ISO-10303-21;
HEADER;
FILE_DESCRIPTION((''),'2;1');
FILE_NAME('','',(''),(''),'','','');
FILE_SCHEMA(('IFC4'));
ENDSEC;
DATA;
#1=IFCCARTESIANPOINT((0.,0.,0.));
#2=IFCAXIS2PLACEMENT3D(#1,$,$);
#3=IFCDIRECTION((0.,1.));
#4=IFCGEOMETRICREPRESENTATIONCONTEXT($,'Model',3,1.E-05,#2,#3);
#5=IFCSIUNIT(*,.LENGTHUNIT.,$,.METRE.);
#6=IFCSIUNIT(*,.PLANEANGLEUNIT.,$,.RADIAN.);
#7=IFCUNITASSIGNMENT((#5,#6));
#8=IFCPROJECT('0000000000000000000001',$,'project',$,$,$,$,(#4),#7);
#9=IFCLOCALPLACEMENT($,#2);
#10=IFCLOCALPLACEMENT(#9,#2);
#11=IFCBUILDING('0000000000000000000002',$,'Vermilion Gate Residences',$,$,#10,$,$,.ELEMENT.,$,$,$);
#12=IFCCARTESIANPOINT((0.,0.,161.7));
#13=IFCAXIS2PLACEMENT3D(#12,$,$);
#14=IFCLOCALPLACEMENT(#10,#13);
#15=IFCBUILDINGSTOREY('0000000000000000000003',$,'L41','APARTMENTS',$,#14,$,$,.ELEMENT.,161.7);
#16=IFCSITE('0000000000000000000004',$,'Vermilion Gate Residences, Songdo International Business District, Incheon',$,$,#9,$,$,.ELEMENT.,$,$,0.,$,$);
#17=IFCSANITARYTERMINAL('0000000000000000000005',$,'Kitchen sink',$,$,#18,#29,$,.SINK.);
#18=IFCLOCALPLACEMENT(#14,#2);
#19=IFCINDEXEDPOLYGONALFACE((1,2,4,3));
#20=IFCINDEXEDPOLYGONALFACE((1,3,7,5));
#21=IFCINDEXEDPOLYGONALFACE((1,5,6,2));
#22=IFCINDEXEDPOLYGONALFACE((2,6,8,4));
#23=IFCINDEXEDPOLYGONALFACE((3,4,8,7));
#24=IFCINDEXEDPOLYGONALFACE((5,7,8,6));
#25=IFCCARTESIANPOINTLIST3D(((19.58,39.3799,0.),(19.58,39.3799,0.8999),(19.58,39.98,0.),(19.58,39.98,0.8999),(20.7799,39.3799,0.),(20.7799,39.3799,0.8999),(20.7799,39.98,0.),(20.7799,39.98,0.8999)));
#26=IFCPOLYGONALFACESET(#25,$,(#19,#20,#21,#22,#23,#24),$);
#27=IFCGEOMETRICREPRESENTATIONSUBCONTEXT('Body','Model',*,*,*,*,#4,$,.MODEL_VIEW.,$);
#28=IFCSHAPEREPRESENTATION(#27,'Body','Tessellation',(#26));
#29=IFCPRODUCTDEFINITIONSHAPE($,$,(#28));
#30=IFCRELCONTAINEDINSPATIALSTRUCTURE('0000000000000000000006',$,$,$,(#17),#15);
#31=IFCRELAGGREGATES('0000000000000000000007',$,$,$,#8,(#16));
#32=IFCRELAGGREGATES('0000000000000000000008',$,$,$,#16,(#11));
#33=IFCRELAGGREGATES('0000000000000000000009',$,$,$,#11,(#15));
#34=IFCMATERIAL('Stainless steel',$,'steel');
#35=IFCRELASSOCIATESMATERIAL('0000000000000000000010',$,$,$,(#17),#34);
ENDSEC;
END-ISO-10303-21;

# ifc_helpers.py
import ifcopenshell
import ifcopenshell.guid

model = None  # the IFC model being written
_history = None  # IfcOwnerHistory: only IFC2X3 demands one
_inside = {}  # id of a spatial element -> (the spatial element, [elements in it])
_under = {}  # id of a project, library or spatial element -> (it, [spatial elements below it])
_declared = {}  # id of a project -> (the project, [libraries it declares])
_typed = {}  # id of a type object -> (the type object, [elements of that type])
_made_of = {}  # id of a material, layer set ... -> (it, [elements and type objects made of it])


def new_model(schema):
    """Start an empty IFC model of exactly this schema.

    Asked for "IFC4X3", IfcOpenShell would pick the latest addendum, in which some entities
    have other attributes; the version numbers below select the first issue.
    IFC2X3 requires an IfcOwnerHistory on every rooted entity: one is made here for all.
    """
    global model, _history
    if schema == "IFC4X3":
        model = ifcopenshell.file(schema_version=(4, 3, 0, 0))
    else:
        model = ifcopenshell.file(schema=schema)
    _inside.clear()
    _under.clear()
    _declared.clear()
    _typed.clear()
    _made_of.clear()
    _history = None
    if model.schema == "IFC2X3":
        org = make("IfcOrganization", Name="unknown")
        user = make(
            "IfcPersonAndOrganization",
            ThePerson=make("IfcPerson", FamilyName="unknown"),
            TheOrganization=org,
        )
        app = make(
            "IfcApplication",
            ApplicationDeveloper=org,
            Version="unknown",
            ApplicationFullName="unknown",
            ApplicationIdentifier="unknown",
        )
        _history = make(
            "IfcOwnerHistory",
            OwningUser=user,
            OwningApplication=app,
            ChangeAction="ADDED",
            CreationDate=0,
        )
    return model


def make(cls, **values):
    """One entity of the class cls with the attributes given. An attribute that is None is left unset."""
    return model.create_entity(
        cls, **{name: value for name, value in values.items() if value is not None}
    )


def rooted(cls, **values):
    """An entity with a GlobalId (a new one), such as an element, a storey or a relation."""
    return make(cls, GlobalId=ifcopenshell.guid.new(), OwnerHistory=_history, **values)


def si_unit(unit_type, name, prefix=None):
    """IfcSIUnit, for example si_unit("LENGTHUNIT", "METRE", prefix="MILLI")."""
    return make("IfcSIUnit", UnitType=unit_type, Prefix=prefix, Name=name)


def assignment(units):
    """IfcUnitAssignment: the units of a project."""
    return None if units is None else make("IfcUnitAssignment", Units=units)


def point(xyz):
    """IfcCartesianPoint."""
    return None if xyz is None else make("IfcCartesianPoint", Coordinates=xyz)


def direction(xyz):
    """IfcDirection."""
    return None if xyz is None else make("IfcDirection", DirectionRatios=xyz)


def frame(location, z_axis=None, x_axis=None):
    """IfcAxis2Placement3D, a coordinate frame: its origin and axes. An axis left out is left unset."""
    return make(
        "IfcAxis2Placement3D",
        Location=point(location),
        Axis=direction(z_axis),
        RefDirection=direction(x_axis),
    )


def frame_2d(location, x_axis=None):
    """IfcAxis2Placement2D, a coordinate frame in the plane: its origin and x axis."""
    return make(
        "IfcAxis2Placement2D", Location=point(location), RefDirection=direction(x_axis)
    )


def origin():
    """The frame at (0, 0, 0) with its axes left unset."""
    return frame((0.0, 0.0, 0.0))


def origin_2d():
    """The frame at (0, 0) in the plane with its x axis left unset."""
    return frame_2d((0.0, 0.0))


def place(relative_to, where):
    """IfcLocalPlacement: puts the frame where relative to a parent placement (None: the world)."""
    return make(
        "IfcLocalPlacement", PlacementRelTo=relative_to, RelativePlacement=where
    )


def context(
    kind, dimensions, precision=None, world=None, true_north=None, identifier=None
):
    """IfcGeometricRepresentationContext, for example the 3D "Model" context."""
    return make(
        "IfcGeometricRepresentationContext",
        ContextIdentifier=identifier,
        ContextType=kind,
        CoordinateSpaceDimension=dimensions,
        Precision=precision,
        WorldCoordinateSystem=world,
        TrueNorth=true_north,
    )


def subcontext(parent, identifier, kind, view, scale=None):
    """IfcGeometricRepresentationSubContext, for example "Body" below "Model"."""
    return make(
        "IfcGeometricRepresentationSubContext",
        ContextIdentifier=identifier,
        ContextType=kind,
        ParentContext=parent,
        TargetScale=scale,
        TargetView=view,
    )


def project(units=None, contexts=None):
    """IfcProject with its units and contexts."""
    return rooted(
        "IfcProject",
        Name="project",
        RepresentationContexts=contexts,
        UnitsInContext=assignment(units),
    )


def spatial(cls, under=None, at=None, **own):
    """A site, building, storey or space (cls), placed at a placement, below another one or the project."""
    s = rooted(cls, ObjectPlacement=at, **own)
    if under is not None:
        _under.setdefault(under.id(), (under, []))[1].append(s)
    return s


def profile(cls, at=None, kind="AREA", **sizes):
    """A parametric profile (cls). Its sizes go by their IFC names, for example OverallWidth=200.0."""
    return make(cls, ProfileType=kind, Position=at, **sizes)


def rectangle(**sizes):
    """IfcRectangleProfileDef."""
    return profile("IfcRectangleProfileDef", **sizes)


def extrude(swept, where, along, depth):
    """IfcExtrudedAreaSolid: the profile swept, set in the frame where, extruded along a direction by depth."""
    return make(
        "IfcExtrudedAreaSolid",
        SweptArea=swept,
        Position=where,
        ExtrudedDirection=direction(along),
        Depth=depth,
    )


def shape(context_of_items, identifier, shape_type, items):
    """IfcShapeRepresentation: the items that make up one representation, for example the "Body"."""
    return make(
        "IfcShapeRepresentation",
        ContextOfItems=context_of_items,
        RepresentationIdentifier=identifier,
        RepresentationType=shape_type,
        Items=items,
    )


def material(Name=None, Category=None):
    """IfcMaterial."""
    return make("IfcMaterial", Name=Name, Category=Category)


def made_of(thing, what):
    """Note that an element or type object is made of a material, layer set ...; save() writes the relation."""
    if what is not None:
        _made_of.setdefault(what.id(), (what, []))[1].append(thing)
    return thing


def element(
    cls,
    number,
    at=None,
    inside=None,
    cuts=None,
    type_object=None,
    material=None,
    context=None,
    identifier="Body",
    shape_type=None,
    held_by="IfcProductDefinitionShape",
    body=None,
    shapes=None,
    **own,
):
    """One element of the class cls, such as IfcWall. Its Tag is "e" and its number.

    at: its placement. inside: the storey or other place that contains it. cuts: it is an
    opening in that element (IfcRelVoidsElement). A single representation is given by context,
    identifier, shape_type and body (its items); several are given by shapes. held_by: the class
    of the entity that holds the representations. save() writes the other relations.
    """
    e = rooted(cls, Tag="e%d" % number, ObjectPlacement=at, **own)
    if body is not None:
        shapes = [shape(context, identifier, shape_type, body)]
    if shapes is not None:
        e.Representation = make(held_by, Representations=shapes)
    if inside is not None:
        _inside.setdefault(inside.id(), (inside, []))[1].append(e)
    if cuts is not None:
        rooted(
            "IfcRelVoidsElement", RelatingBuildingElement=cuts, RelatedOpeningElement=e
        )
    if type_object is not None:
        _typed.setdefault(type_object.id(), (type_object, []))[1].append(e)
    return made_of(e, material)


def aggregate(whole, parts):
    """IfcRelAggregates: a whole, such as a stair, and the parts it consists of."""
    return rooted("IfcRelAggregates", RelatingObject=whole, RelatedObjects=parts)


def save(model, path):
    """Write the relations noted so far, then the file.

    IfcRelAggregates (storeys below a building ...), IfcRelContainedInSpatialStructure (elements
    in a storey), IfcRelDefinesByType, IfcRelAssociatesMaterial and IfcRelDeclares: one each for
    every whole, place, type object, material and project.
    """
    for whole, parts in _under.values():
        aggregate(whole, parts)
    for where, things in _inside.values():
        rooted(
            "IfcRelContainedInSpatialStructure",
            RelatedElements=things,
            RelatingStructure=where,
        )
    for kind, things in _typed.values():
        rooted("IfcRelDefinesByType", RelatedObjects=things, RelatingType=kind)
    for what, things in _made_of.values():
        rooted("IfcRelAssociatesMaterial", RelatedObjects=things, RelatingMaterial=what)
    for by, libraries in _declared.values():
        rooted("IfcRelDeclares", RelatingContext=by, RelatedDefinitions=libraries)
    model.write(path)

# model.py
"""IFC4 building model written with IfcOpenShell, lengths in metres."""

from ifc_helpers import new_model, si_unit, direction, frame, origin, origin_2d, place, context, subcontext, project, spatial, rectangle, extrude, material, element, save


model = new_model("IFC4")

# Units and contexts
model_context = context("Model", 3, precision=1e-05, world=origin(), true_north=direction((0.0, 1.0)))
body_context = subcontext(model_context, "Body", "Model", "MODEL_VIEW")
ifc_project = project(units=[si_unit("LENGTHUNIT", "METRE"), si_unit("PLANEANGLEUNIT", "RADIAN")], contexts=[model_context])

# Site, building, storey
site_placement = place(None, origin())
site = spatial("IfcSite", under=ifc_project, at=site_placement, Name="Vermilion Gate Residences, Songdo International Business District, Incheon", CompositionType="ELEMENT", RefElevation=0.0)
building_placement = place(site_placement, origin())
building = spatial("IfcBuilding", under=site, at=building_placement, Name="Vermilion Gate Residences", CompositionType="ELEMENT")
storey_placement = place(building_placement, frame((0.0, 0.0, 161.7)))
storey = spatial("IfcBuildingStorey", under=building, at=storey_placement, Name="L41", Description="APARTMENTS", CompositionType="ELEMENT", Elevation=161.7)

# Sanitary terminal
ifc_material_1 = material(Name="Stainless steel", Category="steel")
sanitary_terminal_1_placement = place(storey_placement, frame((20.1799, 39.6799, 0.0), z_axis=(0.0, 0.0, 1.0), x_axis=(1.0, 0.0, 0.0)))
element("IfcSanitaryTerminal", 1, at=sanitary_terminal_1_placement, inside=storey, material=ifc_material_1, Name="Kitchen sink", PredefinedType="SINK", context=body_context, shape_type="SweptSolid", body=[
    extrude(rectangle(XDim=1.2, YDim=0.6001, at=origin_2d()), origin(), (0.0, 0.0, 1.0), 0.8999),
])

save(model, "model.ifc")
